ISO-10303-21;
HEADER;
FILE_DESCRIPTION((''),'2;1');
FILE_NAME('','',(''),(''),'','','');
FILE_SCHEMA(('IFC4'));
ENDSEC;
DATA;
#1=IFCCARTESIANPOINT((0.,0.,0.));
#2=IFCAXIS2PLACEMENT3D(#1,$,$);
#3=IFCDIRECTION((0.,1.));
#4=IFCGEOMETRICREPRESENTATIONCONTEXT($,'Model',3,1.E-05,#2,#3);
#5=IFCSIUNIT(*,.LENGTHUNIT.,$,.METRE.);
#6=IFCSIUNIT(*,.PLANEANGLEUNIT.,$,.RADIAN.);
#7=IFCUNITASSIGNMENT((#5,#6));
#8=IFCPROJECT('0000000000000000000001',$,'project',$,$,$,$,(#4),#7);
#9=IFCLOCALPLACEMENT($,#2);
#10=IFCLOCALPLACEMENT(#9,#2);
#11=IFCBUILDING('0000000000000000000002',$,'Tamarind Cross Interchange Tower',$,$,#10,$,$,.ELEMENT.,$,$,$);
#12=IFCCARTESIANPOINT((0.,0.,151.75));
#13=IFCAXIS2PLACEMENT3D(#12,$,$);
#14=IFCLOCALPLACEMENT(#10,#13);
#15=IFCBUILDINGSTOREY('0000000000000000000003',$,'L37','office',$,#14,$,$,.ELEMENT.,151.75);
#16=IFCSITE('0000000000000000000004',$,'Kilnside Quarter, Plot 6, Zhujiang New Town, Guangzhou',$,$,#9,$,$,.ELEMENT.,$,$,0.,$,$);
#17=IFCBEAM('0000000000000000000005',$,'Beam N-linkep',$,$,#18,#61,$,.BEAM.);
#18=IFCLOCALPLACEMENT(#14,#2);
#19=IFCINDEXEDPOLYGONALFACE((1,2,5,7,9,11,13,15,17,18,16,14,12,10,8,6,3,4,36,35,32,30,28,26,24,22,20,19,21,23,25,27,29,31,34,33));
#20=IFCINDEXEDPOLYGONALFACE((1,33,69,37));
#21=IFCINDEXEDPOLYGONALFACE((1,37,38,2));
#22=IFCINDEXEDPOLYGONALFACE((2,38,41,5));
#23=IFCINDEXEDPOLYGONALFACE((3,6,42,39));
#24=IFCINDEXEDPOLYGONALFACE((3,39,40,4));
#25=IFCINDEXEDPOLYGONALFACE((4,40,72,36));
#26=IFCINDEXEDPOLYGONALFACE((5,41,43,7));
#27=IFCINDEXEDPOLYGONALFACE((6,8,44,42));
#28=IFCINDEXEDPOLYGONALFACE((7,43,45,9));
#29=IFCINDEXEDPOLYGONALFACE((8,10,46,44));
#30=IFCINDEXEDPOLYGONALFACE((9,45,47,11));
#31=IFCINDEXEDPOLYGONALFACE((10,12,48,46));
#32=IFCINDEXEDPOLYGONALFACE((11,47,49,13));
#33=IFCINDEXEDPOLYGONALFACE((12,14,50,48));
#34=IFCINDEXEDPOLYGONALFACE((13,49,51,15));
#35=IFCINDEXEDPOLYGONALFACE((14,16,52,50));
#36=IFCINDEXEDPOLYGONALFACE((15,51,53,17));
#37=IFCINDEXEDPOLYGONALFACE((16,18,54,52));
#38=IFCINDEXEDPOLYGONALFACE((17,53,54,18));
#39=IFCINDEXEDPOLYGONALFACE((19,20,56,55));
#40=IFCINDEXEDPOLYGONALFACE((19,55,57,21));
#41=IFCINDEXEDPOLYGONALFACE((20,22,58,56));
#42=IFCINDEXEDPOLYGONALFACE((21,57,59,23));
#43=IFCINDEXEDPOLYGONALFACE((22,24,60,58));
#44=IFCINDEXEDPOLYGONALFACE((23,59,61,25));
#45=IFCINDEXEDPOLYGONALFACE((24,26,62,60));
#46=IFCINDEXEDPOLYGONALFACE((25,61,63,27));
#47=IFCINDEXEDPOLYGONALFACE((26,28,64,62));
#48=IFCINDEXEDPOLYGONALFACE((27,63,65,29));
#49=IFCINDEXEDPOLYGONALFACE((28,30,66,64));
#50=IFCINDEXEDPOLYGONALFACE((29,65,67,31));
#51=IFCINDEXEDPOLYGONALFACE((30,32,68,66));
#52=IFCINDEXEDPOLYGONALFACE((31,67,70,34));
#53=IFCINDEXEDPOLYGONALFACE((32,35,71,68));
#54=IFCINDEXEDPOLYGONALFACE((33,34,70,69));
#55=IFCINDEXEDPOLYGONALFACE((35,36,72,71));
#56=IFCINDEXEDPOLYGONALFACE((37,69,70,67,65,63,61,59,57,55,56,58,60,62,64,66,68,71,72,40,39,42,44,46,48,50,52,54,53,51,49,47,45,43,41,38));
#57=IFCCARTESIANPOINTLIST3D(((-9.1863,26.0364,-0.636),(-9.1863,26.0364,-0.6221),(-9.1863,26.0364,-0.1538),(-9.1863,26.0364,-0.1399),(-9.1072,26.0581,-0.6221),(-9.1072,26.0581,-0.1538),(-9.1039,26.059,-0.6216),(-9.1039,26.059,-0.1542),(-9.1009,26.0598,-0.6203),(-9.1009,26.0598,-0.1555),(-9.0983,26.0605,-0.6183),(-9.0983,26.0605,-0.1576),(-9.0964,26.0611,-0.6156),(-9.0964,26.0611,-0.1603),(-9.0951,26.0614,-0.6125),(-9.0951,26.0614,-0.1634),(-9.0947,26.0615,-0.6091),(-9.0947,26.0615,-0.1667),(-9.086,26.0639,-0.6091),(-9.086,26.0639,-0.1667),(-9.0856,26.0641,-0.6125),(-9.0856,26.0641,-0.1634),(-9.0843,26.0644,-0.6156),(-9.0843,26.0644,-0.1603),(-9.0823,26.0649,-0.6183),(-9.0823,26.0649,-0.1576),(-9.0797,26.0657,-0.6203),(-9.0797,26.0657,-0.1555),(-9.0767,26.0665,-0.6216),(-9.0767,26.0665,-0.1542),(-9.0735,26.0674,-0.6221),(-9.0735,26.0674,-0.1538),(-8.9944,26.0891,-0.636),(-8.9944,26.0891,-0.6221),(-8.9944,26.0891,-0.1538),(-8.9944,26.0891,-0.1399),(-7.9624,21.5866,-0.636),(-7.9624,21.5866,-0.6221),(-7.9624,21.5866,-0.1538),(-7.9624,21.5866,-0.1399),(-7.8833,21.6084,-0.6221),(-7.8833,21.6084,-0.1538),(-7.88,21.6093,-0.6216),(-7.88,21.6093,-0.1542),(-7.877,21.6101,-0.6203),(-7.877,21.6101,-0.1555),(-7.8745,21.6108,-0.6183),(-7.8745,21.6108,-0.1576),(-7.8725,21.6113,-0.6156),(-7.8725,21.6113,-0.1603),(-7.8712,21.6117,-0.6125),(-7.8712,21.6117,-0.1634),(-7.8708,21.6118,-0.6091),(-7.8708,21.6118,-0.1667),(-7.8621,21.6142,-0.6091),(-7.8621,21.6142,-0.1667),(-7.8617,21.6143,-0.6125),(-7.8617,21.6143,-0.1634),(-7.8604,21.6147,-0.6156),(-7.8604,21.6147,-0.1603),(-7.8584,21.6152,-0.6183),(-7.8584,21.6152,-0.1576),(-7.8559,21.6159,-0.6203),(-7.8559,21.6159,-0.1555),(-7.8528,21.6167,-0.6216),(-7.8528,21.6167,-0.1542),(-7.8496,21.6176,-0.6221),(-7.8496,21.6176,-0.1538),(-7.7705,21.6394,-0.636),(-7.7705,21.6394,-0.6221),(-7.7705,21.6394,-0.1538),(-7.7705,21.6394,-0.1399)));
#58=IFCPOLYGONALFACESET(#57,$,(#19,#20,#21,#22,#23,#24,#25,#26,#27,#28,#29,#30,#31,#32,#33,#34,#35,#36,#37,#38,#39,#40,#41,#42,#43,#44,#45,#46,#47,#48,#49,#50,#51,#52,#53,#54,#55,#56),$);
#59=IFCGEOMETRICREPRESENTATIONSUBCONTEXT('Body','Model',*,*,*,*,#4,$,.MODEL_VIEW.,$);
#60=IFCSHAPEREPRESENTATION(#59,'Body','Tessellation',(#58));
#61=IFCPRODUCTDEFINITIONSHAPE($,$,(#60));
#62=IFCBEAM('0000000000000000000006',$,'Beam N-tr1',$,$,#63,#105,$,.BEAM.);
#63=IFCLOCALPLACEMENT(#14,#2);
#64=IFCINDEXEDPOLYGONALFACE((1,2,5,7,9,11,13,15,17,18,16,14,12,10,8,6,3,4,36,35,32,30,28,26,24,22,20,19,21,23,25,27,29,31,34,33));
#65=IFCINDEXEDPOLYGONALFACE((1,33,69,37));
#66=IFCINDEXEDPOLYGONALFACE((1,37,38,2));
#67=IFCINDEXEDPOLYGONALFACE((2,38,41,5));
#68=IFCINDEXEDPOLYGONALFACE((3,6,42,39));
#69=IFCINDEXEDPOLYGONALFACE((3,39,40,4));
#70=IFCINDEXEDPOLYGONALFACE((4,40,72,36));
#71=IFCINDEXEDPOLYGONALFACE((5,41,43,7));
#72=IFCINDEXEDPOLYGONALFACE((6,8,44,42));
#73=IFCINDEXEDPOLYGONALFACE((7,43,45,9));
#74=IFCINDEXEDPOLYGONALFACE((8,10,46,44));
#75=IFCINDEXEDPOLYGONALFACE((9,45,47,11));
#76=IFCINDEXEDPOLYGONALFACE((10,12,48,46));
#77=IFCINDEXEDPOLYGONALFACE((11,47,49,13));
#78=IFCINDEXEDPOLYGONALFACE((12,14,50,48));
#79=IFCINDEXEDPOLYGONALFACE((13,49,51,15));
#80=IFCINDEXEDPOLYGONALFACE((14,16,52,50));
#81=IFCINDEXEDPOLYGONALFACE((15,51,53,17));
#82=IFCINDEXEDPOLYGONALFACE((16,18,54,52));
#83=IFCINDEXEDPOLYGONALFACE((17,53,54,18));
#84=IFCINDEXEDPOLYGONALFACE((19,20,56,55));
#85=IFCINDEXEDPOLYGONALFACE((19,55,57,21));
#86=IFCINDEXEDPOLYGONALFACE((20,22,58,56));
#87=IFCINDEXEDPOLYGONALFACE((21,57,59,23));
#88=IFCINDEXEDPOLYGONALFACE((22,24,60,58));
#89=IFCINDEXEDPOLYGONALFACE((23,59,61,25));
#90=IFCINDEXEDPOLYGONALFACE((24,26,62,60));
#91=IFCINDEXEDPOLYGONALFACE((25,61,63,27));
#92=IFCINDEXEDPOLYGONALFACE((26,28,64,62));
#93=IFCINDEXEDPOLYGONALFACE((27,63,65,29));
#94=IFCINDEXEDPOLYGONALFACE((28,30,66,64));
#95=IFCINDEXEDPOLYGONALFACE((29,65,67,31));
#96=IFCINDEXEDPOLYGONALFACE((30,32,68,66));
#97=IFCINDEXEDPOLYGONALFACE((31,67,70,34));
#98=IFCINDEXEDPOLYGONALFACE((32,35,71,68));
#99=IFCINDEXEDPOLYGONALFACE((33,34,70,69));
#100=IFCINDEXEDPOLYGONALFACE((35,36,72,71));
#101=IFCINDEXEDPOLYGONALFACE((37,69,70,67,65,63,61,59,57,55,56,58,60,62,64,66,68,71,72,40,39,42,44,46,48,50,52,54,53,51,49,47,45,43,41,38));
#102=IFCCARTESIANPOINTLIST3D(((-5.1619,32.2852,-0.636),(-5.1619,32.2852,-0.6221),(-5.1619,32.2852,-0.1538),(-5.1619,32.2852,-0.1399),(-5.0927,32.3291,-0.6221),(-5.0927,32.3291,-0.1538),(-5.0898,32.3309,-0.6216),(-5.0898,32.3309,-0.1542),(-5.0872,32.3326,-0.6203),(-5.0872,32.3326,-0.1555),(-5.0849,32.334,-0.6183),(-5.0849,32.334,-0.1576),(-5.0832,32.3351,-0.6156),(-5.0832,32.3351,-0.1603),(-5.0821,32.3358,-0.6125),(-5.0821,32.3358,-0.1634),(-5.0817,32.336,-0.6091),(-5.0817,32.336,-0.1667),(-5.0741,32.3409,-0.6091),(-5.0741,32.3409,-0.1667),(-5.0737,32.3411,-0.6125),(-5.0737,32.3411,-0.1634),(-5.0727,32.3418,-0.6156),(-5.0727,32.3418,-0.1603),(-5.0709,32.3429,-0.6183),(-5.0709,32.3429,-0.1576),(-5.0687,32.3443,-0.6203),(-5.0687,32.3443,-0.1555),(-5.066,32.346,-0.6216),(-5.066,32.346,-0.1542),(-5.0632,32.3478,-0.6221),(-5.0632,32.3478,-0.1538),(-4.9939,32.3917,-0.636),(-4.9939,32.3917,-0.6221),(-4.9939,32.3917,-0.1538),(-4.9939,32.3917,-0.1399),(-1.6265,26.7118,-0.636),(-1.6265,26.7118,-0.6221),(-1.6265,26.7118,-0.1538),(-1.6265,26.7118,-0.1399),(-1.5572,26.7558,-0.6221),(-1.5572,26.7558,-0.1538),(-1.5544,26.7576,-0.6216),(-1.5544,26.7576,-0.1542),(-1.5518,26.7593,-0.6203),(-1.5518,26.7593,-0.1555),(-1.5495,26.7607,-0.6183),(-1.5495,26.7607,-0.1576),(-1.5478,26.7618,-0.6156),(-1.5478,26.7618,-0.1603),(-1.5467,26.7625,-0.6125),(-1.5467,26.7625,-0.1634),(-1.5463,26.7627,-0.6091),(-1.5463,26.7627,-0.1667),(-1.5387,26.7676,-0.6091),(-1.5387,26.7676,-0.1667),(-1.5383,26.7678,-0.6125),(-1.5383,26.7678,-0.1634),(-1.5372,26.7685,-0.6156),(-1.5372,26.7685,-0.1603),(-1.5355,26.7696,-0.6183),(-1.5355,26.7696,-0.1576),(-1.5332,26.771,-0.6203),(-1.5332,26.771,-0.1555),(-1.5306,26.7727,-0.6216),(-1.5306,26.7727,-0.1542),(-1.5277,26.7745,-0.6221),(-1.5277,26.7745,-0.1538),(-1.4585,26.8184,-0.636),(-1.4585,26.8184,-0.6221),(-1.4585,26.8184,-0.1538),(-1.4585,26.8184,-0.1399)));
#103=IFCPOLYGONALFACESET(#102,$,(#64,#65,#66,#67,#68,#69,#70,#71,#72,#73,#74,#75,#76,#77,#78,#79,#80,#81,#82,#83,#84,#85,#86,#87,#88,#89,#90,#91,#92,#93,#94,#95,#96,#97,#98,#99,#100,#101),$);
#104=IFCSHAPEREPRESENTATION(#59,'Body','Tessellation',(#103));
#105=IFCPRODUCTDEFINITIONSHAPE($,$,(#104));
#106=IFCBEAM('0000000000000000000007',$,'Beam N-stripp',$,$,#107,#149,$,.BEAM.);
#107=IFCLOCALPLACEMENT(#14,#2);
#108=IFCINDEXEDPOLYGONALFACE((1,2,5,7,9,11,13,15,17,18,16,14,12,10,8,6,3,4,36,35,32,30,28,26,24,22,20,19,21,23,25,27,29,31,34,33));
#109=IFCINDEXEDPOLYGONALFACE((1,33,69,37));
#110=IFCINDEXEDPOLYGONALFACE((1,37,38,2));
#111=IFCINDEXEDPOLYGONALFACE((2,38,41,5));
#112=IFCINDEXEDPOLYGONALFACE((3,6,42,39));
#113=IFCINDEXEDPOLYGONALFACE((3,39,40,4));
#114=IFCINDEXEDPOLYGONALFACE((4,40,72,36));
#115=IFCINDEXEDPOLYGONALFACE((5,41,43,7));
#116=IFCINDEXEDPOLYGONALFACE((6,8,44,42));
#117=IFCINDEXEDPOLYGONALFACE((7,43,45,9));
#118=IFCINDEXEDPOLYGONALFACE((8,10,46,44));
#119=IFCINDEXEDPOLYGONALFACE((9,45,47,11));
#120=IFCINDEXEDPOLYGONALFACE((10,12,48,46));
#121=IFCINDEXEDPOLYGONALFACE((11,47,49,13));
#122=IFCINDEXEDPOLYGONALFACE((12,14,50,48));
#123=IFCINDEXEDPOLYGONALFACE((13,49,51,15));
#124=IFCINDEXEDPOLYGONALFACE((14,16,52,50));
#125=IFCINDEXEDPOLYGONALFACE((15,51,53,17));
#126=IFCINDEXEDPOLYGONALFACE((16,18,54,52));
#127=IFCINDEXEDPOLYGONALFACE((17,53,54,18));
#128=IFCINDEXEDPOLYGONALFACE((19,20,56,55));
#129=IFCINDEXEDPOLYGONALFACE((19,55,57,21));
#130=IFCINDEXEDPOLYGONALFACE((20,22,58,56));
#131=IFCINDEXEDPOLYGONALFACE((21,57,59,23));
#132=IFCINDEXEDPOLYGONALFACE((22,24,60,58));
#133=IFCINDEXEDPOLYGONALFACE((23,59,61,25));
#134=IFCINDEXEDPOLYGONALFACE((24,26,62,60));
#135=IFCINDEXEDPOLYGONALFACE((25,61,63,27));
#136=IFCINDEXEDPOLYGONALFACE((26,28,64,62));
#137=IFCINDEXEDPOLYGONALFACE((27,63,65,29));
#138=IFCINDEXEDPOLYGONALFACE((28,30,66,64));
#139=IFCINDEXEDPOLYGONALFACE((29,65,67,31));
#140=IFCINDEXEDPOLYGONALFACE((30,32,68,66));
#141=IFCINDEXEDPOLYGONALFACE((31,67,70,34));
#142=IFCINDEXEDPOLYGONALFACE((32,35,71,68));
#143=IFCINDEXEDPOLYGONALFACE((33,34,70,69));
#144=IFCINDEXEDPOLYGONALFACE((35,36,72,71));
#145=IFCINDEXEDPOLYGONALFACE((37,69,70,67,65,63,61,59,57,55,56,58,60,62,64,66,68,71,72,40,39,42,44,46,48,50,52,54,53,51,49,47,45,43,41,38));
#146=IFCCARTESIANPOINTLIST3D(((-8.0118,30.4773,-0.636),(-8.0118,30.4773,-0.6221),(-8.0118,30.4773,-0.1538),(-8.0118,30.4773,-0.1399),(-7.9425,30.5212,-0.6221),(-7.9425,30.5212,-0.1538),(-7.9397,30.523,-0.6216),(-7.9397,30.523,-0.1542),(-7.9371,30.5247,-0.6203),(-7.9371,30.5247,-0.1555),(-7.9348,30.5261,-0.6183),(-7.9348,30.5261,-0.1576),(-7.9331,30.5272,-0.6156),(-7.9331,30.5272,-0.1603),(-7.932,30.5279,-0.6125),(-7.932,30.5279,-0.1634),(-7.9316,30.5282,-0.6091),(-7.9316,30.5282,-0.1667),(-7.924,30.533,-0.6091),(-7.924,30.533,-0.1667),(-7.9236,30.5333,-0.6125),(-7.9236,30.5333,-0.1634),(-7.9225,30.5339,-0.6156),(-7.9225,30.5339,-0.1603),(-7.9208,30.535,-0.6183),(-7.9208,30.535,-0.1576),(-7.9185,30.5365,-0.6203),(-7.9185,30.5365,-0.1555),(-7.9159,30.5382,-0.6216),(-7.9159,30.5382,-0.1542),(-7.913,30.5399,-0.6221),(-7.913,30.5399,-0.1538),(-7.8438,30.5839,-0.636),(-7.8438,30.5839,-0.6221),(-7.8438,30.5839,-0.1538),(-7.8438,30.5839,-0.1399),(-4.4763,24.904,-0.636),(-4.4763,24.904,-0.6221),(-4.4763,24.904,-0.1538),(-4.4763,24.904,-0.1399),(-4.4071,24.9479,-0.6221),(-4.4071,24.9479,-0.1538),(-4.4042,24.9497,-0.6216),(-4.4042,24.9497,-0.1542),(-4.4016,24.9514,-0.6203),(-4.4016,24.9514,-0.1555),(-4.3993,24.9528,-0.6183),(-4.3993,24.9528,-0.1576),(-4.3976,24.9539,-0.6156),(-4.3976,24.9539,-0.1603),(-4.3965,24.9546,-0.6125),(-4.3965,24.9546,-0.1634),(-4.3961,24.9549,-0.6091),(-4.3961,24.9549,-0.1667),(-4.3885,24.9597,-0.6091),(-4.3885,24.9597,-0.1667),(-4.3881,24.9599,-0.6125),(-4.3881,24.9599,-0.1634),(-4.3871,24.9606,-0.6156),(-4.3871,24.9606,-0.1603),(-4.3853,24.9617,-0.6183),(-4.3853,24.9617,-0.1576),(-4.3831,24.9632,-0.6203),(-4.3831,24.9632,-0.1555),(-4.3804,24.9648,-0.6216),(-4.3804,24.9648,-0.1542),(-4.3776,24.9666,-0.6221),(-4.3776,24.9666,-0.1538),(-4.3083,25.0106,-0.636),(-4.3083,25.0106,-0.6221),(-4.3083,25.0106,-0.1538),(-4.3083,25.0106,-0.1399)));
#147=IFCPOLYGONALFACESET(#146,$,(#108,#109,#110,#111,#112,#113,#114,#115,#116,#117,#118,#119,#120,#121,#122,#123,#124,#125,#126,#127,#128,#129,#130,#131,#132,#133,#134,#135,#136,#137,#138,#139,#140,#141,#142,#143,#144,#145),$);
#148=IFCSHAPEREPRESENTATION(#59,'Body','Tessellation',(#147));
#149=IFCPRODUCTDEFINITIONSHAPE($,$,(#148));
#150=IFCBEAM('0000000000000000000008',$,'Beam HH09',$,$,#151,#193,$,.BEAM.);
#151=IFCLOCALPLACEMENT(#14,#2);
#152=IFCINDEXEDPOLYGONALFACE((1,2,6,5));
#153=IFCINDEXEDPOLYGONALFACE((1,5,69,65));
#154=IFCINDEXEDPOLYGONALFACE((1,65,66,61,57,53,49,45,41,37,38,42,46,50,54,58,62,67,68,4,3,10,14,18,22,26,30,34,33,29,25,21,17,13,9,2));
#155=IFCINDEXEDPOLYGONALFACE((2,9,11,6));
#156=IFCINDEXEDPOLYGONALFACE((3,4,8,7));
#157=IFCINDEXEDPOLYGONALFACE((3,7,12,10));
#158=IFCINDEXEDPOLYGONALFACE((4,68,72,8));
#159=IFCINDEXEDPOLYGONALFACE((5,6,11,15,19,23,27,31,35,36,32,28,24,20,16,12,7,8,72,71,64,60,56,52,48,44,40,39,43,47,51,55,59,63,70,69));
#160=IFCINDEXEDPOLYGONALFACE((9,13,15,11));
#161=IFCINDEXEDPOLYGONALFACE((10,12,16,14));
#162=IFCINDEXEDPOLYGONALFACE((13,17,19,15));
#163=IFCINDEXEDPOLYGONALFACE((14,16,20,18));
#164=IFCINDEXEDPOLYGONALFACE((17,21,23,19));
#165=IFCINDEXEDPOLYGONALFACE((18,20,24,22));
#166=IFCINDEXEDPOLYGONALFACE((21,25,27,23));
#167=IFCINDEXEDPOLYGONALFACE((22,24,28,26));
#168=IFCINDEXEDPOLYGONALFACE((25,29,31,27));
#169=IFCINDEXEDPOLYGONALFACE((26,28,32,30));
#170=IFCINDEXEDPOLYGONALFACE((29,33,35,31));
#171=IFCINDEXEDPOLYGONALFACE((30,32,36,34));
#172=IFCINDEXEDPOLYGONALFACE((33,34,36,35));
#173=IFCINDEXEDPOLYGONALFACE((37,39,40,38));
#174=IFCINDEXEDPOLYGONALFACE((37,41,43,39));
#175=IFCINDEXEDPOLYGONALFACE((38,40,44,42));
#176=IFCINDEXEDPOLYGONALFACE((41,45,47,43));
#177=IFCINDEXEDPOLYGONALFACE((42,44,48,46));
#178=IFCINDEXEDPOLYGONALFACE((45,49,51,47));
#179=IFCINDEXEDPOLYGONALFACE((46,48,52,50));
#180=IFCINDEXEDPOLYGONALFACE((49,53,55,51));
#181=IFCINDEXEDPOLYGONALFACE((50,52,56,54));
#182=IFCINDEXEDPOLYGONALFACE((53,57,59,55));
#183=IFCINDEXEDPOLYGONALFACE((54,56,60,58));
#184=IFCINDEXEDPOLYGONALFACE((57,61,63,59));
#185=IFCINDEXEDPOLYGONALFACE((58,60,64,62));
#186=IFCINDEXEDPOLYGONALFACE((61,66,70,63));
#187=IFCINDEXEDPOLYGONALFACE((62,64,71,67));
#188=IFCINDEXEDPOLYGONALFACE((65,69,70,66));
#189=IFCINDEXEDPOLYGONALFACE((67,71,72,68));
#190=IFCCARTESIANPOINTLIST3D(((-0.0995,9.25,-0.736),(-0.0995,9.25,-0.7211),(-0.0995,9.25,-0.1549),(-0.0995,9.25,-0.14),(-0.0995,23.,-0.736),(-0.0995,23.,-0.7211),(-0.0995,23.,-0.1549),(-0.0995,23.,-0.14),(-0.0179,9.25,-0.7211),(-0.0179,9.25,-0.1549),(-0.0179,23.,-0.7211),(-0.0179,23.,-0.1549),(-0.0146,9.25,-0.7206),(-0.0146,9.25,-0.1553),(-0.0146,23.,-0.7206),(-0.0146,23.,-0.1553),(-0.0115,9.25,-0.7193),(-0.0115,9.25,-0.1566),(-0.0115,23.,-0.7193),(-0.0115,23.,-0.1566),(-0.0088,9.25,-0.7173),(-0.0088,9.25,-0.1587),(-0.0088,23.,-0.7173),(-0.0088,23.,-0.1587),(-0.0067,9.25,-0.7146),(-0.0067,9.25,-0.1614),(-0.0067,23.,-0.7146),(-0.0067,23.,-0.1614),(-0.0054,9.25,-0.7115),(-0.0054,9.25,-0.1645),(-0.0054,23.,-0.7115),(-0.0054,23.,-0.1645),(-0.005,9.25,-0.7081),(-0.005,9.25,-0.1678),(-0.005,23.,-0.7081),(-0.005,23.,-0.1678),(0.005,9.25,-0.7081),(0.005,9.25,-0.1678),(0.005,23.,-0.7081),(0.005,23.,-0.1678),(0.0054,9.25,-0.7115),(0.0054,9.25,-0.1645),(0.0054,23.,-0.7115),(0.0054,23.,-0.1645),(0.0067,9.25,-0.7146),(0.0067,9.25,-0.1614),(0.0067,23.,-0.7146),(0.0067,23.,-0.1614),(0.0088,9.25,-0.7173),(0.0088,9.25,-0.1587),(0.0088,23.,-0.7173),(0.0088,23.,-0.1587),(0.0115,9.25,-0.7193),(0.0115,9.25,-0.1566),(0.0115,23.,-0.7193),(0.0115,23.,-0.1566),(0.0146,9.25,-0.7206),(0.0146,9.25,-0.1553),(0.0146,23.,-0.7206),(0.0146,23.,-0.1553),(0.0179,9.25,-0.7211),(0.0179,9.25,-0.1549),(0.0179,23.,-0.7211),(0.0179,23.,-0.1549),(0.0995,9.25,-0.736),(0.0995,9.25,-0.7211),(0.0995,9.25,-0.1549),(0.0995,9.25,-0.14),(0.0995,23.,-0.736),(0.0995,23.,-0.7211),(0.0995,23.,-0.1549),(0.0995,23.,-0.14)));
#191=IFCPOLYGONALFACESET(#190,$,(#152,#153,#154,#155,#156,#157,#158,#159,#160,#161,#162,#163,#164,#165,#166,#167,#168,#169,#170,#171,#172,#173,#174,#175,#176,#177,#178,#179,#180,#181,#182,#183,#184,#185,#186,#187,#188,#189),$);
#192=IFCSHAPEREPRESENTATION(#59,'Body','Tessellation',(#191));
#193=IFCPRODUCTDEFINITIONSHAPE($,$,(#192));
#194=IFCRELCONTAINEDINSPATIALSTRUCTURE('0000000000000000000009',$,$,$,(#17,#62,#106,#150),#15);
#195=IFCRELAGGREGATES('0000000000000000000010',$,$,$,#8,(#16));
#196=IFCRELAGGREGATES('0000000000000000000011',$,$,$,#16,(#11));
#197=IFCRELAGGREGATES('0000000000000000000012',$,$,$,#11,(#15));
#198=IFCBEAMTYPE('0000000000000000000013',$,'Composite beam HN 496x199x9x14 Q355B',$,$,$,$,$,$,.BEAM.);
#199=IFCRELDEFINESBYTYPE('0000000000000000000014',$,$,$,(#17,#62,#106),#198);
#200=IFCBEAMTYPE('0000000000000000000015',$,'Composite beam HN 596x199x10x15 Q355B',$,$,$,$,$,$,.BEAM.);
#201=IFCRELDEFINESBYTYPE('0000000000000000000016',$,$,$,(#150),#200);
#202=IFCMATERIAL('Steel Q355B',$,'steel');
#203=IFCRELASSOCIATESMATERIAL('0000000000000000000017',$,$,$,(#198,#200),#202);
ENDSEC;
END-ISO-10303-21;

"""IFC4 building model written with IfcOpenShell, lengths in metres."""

from ifc_helpers import new_model, si_unit, direction, frame, origin, origin_2d, place, context, subcontext, project, spatial, i_section, extrude, material, material_profile, profile_set, type_object, element, save


model = new_model("IFC4")

# Units and contexts
model_context = context("Model", 3, precision=1e-05, world=origin(), true_north=direction((0.0, 1.0)))
body_context = subcontext(model_context, "Body", "Model", "MODEL_VIEW")
ifc_project = project(units=[si_unit("LENGTHUNIT", "METRE"), si_unit("PLANEANGLEUNIT", "RADIAN")], contexts=[model_context])

# Site, building, storey
site_placement = place(None, origin())
site = spatial("IfcSite", under=ifc_project, at=site_placement, Name="Kilnside Quarter, Plot 6, Zhujiang New Town, Guangzhou", CompositionType="ELEMENT", RefElevation=0.0)
building_placement = place(site_placement, origin())
building = spatial("IfcBuilding", under=site, at=building_placement, Name="Tamarind Cross Interchange Tower", CompositionType="ELEMENT")
storey_placement = place(building_placement, frame((0.0, 0.0, 151.75)))
storey = spatial("IfcBuildingStorey", under=building, at=storey_placement, Name="L37", Description="office", CompositionType="ELEMENT", Elevation=151.75)

# Beams
ifc_material_1 = material(Name="Steel Q355B", Category="steel")
ifc_material_profile_1 = material_profile(ifc_material_1, i_section(OverallWidth=0.199, OverallDepth=0.4961, WebThickness=0.009, FlangeThickness=0.0139, FilletRadius=0.0129, at=origin_2d()), Name="HN 496x199x9x14")
ifc_profile_set_1 = profile_set([ifc_material_profile_1], Name="Steel Q355B")
beam_type_1 = type_object("IfcBeamType", Name="Composite beam HN 496x199x9x14 Q355B", PredefinedType="BEAM", material=ifc_profile_set_1)
beam_1_placement = place(storey_placement, frame((-9.0903, 26.0627, -0.3879), z_axis=(0.265198, -0.964194, 0.0), x_axis=(0.964194, 0.265198, 0.0)))
element("IfcBeam", 1, at=beam_1_placement, inside=storey, type_object=beam_type_1, Name="Beam N-linkep", PredefinedType="BEAM", context=body_context, shape_type="SweptSolid", body=[
    extrude(i_section(OverallWidth=0.199, OverallDepth=0.4961, WebThickness=0.009, FlangeThickness=0.0139, FilletRadius=0.0129, at=origin_2d()), origin(), (0.0, 0.0, 1.0), 4.615),
])
for number, where, z_axis, x_axis, name in (
    (2, (-1.5425, 26.7651, -0.3879), (-0.535666, 0.84443, 0.0), (-0.84443, -0.535666, 0.0), "Beam N-tr1"),
    (3, (-4.3923, 24.9573, -0.3879), (-0.535666, 0.84443, 0.0), (-0.84443, -0.535666, 0.0), "Beam N-stripp"),
):
    element("IfcBeam", number, at=place(storey_placement, frame(where, z_axis=z_axis, x_axis=x_axis)), inside=storey, type_object=beam_type_1, Name=name, PredefinedType="BEAM", context=body_context, shape_type="SweptSolid", body=[
        extrude(i_section(OverallWidth=0.199, OverallDepth=0.4961, WebThickness=0.009, FlangeThickness=0.0139, FilletRadius=0.0129, at=origin_2d()), origin(), (0.0, 0.0, 1.0), 6.6001),
    ])
ifc_material_profile_2 = material_profile(ifc_material_1, i_section(OverallWidth=0.199, OverallDepth=0.5959, WebThickness=0.01, FlangeThickness=0.0149, FilletRadius=0.0129, at=origin_2d()), Name="HN 596x199x10x15")
ifc_profile_set_2 = profile_set([ifc_material_profile_2], Name="Steel Q355B")
beam_type_2 = type_object("IfcBeamType", Name="Composite beam HN 596x199x10x15 Q355B", PredefinedType="BEAM", material=ifc_profile_set_2)
beam_2_placement = place(storey_placement, frame((0.0, 23.0, -0.438), z_axis=(0.0, -1.0, 0.0), x_axis=(1.0, 0.0, 0.0)))
element("IfcBeam", 4, at=beam_2_placement, inside=storey, type_object=beam_type_2, Name="Beam HH09", PredefinedType="BEAM", context=body_context, shape_type="SweptSolid", body=[
    extrude(i_section(OverallWidth=0.199, OverallDepth=0.5959, WebThickness=0.01, FlangeThickness=0.0149, FilletRadius=0.0129, at=origin_2d()), origin(), (0.0, 0.0, 1.0), 13.75),
])

save(model, "model.ifc")
